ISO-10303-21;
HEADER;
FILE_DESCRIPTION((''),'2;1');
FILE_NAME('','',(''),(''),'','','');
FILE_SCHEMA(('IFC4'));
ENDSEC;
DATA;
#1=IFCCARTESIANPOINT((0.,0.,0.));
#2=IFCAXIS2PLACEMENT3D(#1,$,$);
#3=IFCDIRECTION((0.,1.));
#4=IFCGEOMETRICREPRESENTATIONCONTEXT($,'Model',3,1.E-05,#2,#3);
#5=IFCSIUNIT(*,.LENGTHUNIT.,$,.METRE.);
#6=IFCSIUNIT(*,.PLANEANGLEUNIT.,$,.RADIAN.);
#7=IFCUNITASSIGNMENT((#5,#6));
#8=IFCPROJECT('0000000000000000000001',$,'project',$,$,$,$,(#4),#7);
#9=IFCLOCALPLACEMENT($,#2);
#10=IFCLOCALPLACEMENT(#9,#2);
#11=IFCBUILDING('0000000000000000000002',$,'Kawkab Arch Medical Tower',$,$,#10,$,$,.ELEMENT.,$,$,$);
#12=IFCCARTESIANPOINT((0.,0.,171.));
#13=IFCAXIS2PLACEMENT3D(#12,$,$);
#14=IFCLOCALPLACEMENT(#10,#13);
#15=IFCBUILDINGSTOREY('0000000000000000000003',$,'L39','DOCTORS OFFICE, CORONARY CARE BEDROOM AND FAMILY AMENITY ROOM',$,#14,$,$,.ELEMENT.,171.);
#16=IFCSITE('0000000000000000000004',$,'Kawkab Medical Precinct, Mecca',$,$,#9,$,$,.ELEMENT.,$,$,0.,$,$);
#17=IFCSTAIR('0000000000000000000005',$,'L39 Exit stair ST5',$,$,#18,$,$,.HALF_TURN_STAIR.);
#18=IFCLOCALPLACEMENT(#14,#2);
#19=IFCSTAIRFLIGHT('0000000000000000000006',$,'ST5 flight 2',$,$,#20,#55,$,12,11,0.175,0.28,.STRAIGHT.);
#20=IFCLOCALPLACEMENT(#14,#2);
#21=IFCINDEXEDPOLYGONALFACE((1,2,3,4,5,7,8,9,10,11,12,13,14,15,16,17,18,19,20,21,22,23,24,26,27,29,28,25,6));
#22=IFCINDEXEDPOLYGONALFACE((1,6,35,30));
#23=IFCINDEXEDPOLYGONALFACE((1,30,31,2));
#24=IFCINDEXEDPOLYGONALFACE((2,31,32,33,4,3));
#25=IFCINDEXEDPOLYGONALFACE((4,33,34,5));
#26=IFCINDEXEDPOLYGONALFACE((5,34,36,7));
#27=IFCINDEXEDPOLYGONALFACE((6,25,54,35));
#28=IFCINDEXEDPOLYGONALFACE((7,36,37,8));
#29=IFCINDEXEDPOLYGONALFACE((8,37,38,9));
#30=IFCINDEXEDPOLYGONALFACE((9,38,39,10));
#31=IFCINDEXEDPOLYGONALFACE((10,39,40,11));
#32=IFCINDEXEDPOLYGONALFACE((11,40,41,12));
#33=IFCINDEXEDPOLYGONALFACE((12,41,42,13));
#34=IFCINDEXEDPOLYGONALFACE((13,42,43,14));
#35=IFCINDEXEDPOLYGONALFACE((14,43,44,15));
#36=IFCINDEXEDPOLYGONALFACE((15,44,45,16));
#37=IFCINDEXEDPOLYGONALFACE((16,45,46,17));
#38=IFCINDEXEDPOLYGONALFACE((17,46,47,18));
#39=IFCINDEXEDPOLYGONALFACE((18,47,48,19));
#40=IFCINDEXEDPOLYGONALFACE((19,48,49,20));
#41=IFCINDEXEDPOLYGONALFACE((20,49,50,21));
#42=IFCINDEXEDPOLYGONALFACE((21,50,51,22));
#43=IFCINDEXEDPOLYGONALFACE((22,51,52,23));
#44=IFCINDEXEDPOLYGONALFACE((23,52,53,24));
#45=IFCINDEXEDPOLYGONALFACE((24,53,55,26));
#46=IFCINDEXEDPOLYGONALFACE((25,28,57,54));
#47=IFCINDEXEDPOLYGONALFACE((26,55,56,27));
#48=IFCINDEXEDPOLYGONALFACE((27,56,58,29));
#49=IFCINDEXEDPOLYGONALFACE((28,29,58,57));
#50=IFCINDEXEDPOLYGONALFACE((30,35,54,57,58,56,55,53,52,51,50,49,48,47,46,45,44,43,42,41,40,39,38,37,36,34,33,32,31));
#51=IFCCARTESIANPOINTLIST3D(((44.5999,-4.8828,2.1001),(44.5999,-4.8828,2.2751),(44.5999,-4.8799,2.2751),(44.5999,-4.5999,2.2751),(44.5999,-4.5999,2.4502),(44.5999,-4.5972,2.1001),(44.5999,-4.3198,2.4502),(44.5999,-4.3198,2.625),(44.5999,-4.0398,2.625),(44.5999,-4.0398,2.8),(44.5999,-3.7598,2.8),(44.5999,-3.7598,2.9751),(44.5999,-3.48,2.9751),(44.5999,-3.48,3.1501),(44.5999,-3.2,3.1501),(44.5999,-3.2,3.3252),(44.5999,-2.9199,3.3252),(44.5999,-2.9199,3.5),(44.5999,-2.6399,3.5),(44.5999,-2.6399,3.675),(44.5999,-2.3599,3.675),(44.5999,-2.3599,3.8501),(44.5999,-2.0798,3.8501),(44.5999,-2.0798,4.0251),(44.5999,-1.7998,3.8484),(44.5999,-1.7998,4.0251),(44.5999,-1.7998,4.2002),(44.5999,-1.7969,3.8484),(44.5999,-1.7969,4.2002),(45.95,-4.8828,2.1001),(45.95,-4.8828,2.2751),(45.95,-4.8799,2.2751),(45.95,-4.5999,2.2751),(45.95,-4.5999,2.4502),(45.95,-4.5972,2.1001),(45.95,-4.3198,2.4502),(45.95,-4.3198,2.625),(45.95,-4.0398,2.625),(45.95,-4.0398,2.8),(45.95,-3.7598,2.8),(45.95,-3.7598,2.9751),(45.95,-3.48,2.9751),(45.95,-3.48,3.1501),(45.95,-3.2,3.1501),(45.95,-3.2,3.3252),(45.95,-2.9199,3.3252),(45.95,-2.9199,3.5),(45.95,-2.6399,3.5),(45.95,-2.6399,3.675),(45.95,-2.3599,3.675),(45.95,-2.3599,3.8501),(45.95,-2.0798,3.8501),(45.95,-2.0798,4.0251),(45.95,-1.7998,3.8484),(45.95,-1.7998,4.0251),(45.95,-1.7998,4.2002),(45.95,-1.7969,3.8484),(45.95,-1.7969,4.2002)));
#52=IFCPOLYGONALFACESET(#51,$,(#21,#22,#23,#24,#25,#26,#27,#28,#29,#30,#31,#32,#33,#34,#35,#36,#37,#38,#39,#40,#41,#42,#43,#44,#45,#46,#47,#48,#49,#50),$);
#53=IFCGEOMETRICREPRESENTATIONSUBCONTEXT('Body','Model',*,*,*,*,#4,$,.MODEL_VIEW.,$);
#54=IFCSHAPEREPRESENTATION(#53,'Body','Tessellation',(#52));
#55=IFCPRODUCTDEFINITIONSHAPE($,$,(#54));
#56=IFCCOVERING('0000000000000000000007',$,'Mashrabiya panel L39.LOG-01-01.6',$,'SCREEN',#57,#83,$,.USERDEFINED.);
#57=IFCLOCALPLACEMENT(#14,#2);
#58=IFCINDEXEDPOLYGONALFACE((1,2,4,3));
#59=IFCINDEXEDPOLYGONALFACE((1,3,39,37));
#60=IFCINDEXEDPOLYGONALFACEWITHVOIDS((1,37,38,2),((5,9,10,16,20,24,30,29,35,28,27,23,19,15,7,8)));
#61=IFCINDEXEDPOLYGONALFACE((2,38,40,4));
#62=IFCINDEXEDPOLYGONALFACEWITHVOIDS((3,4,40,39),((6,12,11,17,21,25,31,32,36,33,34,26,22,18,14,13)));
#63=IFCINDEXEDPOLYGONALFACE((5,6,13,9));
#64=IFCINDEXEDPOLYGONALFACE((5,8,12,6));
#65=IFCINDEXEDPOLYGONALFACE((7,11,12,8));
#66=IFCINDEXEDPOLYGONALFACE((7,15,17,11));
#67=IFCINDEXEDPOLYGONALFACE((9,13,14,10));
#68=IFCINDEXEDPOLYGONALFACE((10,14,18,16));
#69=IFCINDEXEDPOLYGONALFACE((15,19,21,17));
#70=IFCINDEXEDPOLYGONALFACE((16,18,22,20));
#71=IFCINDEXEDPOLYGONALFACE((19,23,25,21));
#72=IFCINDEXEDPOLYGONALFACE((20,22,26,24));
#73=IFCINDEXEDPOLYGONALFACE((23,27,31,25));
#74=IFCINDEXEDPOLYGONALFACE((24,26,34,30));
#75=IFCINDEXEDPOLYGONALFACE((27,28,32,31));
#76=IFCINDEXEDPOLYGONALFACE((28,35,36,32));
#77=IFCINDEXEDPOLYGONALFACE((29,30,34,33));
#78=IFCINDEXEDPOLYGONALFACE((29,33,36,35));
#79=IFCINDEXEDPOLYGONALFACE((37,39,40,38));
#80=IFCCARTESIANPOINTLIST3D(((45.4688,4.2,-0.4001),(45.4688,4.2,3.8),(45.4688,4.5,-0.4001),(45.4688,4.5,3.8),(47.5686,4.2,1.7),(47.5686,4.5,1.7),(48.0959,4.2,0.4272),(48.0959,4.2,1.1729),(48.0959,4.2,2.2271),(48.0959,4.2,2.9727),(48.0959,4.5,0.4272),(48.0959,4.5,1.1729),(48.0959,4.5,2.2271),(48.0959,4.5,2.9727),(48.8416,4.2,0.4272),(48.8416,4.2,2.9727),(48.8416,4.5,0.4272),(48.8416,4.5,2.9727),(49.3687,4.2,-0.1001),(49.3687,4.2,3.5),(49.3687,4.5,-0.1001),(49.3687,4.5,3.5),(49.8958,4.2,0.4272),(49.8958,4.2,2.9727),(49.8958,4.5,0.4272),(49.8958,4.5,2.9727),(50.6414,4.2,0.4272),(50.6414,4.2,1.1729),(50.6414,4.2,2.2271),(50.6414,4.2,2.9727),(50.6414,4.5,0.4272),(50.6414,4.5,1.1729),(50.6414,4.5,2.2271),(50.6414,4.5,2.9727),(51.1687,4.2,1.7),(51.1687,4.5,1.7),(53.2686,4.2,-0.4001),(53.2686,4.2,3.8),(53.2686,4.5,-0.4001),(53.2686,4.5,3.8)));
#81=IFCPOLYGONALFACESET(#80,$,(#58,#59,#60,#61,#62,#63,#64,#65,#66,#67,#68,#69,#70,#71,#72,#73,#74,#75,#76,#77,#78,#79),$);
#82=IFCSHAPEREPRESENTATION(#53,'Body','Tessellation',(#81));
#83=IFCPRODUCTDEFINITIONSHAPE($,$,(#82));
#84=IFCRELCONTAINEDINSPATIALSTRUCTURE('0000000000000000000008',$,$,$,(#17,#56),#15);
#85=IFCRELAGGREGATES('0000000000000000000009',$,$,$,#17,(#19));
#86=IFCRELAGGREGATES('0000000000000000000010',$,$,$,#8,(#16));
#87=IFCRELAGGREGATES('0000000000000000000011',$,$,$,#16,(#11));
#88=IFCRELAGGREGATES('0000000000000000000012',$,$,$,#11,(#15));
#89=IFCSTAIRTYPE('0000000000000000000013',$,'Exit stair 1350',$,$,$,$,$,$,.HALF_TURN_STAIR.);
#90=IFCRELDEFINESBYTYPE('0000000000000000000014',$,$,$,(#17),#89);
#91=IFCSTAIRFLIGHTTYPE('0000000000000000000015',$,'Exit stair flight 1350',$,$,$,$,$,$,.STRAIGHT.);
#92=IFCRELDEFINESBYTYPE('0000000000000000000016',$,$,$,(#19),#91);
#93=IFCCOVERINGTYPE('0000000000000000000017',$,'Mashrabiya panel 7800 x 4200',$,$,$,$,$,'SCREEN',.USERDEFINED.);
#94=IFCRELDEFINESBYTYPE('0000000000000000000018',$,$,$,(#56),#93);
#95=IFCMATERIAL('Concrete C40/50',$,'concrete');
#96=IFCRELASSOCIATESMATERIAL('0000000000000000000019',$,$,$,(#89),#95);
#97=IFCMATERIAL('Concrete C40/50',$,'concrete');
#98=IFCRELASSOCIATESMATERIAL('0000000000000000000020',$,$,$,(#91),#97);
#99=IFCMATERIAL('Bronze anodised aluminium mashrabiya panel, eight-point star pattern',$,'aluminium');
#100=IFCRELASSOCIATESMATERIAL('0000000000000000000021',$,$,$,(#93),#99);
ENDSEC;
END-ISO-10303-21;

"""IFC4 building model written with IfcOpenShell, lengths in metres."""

from ifc_helpers import new_model, si_unit, direction, frame, origin, place, context, subcontext, project, spatial, polyline, outline, extrude, material, material_profile, profile_set, type_object, element, aggregate, save


model = new_model("IFC4")

# Units and contexts
model_context = context("Model", 3, precision=1e-05, world=origin(), true_north=direction((0.0, 1.0)))
body_context = subcontext(model_context, "Body", "Model", "MODEL_VIEW")
ifc_project = project(units=[si_unit("LENGTHUNIT", "METRE"), si_unit("PLANEANGLEUNIT", "RADIAN")], contexts=[model_context])

# Site, building, storey
site_placement = place(None, origin())
site = spatial("IfcSite", under=ifc_project, at=site_placement, Name="Kawkab Medical Precinct, Mecca", CompositionType="ELEMENT", RefElevation=0.0)
building_placement = place(site_placement, origin())
building = spatial("IfcBuilding", under=site, at=building_placement, Name="Kawkab Arch Medical Tower", CompositionType="ELEMENT")
storey_placement = place(building_placement, frame((0.0, 0.0, 171.0)))
storey = spatial("IfcBuildingStorey", under=building, at=storey_placement, Name="L39", Description="DOCTORS OFFICE, CORONARY CARE BEDROOM AND FAMILY AMENITY ROOM", CompositionType="ELEMENT", Elevation=171.0)

# Shared definitions
placement = place(storey_placement, origin())

# Stair, stair flight
ifc_material_1 = material(Name="Concrete C40/50", Category="concrete")
stair_type = type_object("IfcStairType", Name="Exit stair 1350", PredefinedType="HALF_TURN_STAIR", material=ifc_material_1)
stair = element("IfcStair", 1, at=placement, inside=storey, type_object=stair_type, Name="L39 Exit stair ST5", PredefinedType="HALF_TURN_STAIR")
ifc_material_2 = material(Name="Concrete C40/50", Category="concrete")
stair_flight_type = type_object("IfcStairFlightType", Name="Exit stair flight 1350", PredefinedType="STRAIGHT", material=ifc_material_2)
stair_flight_1_placement = place(storey_placement, frame((45.2749, -4.8799, 2.1001), z_axis=(0.0, 0.0, 1.0), x_axis=(0.0, 1.0, 0.0)))
stair_flight_1 = element("IfcStairFlight", 2, at=stair_flight_1_placement, type_object=stair_flight_type, Name="ST5 flight 2", NumberOfRisers=12, NumberOfTreads=11, PredefinedType="STRAIGHT", RiserHeight=0.175, TreadLength=0.28, context=body_context, shape_type="SweptSolid", body=[
    extrude(outline(polyline([(-0.0029, 0.0), (-0.0029, 0.175), (0.0, 0.175), (0.28, 0.175), (0.28, 0.3501), (0.5601, 0.3501), (0.5601, 0.5249), (0.8401, 0.5249), (0.8401, 0.7), (1.1201, 0.7), (1.1201, 0.875), (1.3999, 0.875), (1.3999, 1.05), (1.6799, 1.05), (1.6799, 1.2251), (1.96, 1.2251), (1.96, 1.3999), (2.24, 1.3999), (2.24, 1.575), (2.52, 1.575), (2.52, 1.75), (2.8, 1.75), (2.8, 1.925), (3.0801, 1.925), (3.0801, 2.1001), (3.083, 2.1001), (3.083, 1.7483), (3.0801, 1.7483), (0.2827, 0.0), (-0.0029, 0.0)])), frame((0.0, 0.675, 0.0), z_axis=(0.0, -1.0, 0.0), x_axis=(1.0, 0.0, 0.0)), (0.0, 0.0, 1.0), 1.3501),
])
aggregate(stair, [stair_flight_1])

# Covering
ifc_material_3 = material(Name="Bronze anodised aluminium mashrabiya panel, eight-point star pattern", Category="aluminium")
ifc_material_profile_1 = material_profile(ifc_material_3, outline(polyline([(-3.8999, -2.1001), (3.8999, -2.1001), (3.8999, 2.1001), (-3.8999, 2.1001), (-3.8999, -2.1001)]), holes=[polyline([(1.8, 0.0), (1.2727, 0.5271), (1.2727, 1.2727), (0.5271, 1.2727), (0.0, 1.8), (-0.5271, 1.2727), (-1.2727, 1.2727), (-1.2727, 0.5271), (-1.8, 0.0), (-1.2727, -0.5271), (-1.2727, -1.2727), (-0.5271, -1.2727), (0.0, -1.8), (0.5271, -1.2727), (1.2727, -1.2727), (1.2727, -0.5271), (1.8, 0.0)])]), Name="Mashrabiya panel 7800x4200")
ifc_profile_set_1 = profile_set([ifc_material_profile_1], Name="Bronze anodised aluminium mashrabiya panel, eight-point star pattern")
covering_type = type_object("IfcCoveringType", Name="Mashrabiya panel 7800 x 4200", ElementType="SCREEN", PredefinedType="USERDEFINED", material=ifc_profile_set_1)
covering_placement = place(storey_placement, frame((49.3687, 4.2, 1.7), z_axis=(0.0, 1.0, 0.0), x_axis=(-1.0, 0.0, 0.0)))
element("IfcCovering", 3, at=covering_placement, inside=storey, type_object=covering_type, Name="Mashrabiya panel L39.LOG-01-01.6", ObjectType="SCREEN", PredefinedType="USERDEFINED", context=body_context, shape_type="SweptSolid", body=[
    extrude(outline(polyline([(-3.8999, -2.1001), (3.8999, -2.1001), (3.8999, 2.1001), (-3.8999, 2.1001), (-3.8999, -2.1001)]), holes=[polyline([(1.8, 0.0), (1.2727, 0.5271), (1.2727, 1.2727), (0.5271, 1.2727), (0.0, 1.8), (-0.5271, 1.2727), (-1.2727, 1.2727), (-1.2727, 0.5271), (-1.8, 0.0), (-1.2727, -0.5271), (-1.2727, -1.2727), (-0.5271, -1.2727), (0.0, -1.8), (0.5271, -1.2727), (1.2727, -1.2727), (1.2727, -0.5271), (1.8, 0.0)])]), origin(), (0.0, 0.0, 1.0), 0.3),
])

save(model, "model.ifc")
